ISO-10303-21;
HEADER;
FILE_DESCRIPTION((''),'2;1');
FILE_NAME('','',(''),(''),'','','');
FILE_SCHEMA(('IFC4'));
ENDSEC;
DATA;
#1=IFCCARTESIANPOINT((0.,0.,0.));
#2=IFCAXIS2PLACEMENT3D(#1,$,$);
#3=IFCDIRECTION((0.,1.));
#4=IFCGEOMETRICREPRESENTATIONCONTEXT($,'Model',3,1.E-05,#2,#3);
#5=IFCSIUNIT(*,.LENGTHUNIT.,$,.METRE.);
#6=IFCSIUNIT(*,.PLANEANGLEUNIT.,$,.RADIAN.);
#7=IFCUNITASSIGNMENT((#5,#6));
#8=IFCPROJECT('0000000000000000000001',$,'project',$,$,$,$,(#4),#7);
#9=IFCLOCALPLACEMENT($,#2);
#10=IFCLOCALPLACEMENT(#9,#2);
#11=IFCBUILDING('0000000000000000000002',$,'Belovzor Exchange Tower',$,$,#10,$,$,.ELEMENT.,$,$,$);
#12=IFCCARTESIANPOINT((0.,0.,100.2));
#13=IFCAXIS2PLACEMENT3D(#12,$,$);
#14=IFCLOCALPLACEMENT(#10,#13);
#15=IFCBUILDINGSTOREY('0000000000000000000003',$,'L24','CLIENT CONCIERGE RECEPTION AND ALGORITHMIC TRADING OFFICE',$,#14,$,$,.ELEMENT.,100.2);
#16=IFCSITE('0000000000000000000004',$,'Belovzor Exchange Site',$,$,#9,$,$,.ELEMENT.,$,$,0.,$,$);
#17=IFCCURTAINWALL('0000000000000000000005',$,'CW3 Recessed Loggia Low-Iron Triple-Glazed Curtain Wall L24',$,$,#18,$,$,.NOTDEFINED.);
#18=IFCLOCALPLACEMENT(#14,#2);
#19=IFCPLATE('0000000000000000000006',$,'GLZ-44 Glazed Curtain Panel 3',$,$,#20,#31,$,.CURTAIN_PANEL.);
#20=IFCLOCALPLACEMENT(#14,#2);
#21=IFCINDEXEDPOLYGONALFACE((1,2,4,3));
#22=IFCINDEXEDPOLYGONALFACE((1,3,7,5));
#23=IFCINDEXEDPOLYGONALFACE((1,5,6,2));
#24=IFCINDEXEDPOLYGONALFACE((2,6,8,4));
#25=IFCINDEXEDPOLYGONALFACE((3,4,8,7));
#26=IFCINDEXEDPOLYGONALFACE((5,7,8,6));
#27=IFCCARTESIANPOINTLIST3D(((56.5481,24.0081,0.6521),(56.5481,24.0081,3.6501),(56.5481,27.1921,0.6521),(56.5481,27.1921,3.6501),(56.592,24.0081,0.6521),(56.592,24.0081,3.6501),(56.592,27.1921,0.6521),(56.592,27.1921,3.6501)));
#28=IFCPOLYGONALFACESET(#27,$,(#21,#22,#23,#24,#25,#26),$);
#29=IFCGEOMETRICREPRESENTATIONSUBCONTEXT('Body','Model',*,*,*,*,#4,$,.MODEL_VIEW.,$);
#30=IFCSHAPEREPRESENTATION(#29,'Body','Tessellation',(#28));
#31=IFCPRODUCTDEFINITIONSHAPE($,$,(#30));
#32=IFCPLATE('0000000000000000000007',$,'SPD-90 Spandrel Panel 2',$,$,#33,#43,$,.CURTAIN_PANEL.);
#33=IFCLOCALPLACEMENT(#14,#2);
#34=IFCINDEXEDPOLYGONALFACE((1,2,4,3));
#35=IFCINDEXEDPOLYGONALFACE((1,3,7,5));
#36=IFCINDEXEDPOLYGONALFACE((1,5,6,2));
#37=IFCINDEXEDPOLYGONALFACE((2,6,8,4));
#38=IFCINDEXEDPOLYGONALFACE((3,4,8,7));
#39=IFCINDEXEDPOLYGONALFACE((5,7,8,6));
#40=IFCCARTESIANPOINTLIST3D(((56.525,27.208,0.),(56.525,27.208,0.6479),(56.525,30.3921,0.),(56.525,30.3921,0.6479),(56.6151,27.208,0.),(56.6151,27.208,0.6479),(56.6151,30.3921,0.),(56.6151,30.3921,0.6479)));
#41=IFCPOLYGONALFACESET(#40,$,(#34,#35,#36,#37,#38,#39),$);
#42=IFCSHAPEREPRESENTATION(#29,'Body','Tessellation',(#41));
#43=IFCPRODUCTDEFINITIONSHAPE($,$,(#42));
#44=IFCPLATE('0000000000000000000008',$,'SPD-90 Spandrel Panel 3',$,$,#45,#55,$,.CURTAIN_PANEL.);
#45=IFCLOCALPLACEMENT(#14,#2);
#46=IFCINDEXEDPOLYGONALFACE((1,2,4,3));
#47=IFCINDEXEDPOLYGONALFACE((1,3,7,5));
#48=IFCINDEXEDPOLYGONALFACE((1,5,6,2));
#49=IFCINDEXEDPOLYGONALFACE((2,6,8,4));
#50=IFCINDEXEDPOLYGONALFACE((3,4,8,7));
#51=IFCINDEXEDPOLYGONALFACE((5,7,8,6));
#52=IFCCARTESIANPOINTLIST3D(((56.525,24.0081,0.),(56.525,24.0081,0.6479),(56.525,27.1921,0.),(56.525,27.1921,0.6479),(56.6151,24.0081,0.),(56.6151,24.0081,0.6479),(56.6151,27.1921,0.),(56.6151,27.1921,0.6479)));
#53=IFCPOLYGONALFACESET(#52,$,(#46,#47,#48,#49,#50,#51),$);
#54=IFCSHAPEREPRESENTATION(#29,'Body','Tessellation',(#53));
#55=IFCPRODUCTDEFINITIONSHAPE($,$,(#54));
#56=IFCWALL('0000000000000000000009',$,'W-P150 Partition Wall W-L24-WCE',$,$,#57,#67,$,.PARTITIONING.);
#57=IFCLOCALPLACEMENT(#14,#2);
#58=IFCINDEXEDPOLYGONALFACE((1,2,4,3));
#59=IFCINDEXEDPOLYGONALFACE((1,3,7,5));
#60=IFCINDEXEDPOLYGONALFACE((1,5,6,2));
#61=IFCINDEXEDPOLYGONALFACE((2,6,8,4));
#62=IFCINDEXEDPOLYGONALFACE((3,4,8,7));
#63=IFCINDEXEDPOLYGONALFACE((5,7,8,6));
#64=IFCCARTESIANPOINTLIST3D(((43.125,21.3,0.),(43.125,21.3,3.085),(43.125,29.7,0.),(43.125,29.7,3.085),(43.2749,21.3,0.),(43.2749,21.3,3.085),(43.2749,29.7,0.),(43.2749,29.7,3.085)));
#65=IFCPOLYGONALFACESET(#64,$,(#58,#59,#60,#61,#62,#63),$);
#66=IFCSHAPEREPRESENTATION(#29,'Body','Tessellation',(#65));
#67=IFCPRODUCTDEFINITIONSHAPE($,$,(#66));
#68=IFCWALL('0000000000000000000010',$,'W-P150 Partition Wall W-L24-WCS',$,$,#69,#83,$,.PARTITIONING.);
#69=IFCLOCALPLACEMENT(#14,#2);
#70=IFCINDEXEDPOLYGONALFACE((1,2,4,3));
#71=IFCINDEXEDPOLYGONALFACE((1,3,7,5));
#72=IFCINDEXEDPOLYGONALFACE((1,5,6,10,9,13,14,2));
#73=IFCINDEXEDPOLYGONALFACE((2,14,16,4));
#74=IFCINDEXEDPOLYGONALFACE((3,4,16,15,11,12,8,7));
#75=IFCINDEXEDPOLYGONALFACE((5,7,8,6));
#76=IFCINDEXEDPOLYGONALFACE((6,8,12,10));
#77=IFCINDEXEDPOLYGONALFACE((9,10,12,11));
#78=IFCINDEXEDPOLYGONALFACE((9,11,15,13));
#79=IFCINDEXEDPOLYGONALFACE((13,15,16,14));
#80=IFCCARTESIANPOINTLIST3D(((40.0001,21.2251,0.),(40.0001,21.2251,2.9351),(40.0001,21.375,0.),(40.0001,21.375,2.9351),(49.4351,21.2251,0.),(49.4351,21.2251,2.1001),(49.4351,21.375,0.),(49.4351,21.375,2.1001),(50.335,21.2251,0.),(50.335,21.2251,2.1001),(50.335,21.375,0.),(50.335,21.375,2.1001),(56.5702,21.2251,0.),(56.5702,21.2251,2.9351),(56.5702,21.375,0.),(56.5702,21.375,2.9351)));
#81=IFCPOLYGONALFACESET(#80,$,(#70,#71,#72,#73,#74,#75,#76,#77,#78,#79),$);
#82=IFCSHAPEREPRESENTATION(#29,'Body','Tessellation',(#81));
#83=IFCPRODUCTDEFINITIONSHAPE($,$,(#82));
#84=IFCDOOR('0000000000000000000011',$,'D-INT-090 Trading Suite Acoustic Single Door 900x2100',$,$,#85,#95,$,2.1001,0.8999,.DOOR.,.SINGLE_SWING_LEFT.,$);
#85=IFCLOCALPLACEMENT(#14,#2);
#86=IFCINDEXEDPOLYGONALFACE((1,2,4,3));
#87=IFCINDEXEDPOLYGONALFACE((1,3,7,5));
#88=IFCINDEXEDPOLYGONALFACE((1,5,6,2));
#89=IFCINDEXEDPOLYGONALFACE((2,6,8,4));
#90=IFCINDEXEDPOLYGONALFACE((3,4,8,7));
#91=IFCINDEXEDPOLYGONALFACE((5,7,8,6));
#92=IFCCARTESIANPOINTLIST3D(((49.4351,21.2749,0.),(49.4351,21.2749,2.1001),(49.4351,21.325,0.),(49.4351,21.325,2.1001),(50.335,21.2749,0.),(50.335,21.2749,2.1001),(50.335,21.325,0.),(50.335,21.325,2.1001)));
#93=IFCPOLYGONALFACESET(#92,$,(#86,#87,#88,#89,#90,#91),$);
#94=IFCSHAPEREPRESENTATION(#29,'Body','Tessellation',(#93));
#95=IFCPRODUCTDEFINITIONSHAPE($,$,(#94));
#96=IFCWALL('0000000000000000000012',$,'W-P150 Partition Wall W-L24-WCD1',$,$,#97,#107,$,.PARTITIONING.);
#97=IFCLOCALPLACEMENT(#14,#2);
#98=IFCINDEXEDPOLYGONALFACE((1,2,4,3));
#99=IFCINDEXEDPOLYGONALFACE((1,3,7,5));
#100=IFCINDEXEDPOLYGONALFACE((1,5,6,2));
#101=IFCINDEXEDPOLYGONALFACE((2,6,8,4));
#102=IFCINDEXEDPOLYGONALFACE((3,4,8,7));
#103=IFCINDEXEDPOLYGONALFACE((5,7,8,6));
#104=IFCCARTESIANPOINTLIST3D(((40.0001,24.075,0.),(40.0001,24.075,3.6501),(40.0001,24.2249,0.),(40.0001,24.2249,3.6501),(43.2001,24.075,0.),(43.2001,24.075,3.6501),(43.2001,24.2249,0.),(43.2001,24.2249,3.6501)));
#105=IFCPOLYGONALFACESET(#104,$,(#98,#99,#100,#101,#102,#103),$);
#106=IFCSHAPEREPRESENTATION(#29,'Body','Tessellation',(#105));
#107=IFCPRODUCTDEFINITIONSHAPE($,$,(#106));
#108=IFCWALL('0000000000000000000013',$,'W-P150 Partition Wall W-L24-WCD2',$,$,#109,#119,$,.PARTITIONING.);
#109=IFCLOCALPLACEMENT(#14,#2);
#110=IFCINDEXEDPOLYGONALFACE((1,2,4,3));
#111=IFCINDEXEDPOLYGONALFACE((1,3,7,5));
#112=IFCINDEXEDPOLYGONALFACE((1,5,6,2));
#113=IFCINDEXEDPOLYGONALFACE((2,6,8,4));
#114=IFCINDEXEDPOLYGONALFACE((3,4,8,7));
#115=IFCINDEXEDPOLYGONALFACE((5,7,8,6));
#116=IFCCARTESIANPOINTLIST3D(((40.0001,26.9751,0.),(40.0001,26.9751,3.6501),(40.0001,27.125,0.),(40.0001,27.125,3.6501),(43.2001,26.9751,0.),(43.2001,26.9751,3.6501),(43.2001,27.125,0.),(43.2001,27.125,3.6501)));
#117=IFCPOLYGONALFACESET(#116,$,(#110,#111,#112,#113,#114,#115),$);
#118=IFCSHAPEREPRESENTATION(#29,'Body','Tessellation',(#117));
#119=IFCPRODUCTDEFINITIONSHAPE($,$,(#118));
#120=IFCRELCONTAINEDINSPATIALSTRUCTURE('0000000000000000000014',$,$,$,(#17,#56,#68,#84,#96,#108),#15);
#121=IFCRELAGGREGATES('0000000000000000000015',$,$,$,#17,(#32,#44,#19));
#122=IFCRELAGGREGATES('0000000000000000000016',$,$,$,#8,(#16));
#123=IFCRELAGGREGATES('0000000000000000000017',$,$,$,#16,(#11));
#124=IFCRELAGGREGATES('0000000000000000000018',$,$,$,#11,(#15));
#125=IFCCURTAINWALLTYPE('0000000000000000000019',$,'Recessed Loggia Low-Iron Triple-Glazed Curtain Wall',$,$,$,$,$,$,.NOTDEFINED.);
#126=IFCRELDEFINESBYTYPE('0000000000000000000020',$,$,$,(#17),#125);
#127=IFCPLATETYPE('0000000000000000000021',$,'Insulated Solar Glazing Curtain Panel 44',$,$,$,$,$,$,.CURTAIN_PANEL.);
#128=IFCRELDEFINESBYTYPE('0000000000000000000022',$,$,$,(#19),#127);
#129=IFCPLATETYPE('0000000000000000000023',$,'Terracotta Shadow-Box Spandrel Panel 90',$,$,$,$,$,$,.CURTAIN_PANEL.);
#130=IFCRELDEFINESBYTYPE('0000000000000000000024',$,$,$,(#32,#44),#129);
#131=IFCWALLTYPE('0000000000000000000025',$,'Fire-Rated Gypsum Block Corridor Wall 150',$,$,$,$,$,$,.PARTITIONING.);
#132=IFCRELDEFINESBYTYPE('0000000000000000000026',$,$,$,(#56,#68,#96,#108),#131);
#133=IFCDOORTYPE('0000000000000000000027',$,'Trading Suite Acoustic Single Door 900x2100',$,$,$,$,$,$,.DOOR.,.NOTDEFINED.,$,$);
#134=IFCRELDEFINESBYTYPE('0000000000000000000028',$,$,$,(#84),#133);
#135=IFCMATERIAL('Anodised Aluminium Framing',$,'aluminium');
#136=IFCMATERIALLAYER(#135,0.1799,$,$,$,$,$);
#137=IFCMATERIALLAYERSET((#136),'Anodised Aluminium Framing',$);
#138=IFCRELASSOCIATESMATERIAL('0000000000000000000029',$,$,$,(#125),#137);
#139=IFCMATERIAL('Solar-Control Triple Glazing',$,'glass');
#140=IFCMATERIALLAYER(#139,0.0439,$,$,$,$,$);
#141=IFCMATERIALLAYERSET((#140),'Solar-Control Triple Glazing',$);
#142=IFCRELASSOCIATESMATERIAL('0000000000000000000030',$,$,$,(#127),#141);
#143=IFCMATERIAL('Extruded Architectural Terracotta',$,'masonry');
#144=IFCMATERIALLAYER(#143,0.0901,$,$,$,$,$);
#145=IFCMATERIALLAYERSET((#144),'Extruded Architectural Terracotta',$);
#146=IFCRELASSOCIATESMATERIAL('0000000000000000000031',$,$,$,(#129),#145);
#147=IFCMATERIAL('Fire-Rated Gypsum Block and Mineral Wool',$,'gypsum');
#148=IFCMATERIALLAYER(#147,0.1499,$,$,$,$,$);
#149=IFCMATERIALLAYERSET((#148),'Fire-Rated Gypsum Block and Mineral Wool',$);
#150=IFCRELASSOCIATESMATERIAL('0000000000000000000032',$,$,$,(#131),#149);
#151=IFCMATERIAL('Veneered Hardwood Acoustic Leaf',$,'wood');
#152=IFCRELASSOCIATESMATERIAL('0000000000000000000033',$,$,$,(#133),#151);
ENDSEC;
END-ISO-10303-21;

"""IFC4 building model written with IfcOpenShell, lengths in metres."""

from ifc_helpers import new_model, si_unit, direction, frame, frame_2d, origin, origin_2d, place, context, subcontext, project, spatial, rectangle, extrude, material, layer, layer_set, type_object, element, fill, aggregate, save


model = new_model("IFC4")

# Units and contexts
model_context = context("Model", 3, precision=1e-05, world=origin(), true_north=direction((0.0, 1.0)))
body_context = subcontext(model_context, "Body", "Model", "MODEL_VIEW")
ifc_project = project(units=[si_unit("LENGTHUNIT", "METRE"), si_unit("PLANEANGLEUNIT", "RADIAN")], contexts=[model_context])

# Site, building, storey
site_placement = place(None, origin())
site = spatial("IfcSite", under=ifc_project, at=site_placement, Name="Belovzor Exchange Site", CompositionType="ELEMENT", RefElevation=0.0)
building_placement = place(site_placement, origin())
building = spatial("IfcBuilding", under=site, at=building_placement, Name="Belovzor Exchange Tower", CompositionType="ELEMENT")
storey_placement = place(building_placement, frame((0.0, 0.0, 100.2)))
storey = spatial("IfcBuildingStorey", under=building, at=storey_placement, Name="L24", Description="CLIENT CONCIERGE RECEPTION AND ALGORITHMIC TRADING OFFICE", CompositionType="ELEMENT", Elevation=100.2)

# Curtain wall, plates
ifc_material_1 = material(Name="Anodised Aluminium Framing", Category="aluminium")
ifc_layer_1 = layer(ifc_material_1, 0.1799)
ifc_layer_set_1 = layer_set([ifc_layer_1], Name="Anodised Aluminium Framing")
curtain_wall_type = type_object("IfcCurtainWallType", Name="Recessed Loggia Low-Iron Triple-Glazed Curtain Wall", PredefinedType="NOTDEFINED", material=ifc_layer_set_1)
curtain_wall_placement = place(storey_placement, origin())
curtain_wall = element("IfcCurtainWall", 1, at=curtain_wall_placement, inside=storey, type_object=curtain_wall_type, Name="CW3 Recessed Loggia Low-Iron Triple-Glazed Curtain Wall L24", PredefinedType="NOTDEFINED")
ifc_material_2 = material(Name="Solar-Control Triple Glazing", Category="glass")
ifc_layer_2 = layer(ifc_material_2, 0.0439)
ifc_layer_set_2 = layer_set([ifc_layer_2], Name="Solar-Control Triple Glazing")
plate_type_1 = type_object("IfcPlateType", Name="Insulated Solar Glazing Curtain Panel 44", PredefinedType="CURTAIN_PANEL", material=ifc_layer_set_2)
plate_1_placement = place(storey_placement, frame((56.5701, 25.6001, 0.6521), z_axis=(0.0, 0.0, 1.0), x_axis=(0.0, -1.0, 0.0)))
plate_1 = element("IfcPlate", 2, at=plate_1_placement, type_object=plate_type_1, Name="GLZ-44 Glazed Curtain Panel 3", PredefinedType="CURTAIN_PANEL", context=body_context, shape_type="SweptSolid", body=[
    extrude(rectangle(XDim=3.1841, YDim=0.0439, at=origin_2d()), origin(), (0.0, 0.0, 1.0), 2.998),
])
ifc_material_3 = material(Name="Extruded Architectural Terracotta", Category="masonry")
ifc_layer_3 = layer(ifc_material_3, 0.0901)
ifc_layer_set_3 = layer_set([ifc_layer_3], Name="Extruded Architectural Terracotta")
plate_type_2 = type_object("IfcPlateType", Name="Terracotta Shadow-Box Spandrel Panel 90", PredefinedType="CURTAIN_PANEL", material=ifc_layer_set_3)
plate_2_placement = place(storey_placement, frame((56.5701, 28.8, 0.0), z_axis=(0.0, 0.0, 1.0), x_axis=(0.0, -1.0, 0.0)))
plate_2 = element("IfcPlate", 3, at=plate_2_placement, type_object=plate_type_2, Name="SPD-90 Spandrel Panel 2", PredefinedType="CURTAIN_PANEL", context=body_context, shape_type="SweptSolid", body=[
    extrude(rectangle(XDim=3.1841, YDim=0.0901, at=origin_2d()), origin(), (0.0, 0.0, 1.0), 0.6479),
])
plate_3_placement = place(storey_placement, frame((56.5701, 25.6001, 0.0), z_axis=(0.0, 0.0, 1.0), x_axis=(0.0, -1.0, 0.0)))
plate_3 = element("IfcPlate", 4, at=plate_3_placement, type_object=plate_type_2, Name="SPD-90 Spandrel Panel 3", PredefinedType="CURTAIN_PANEL", context=body_context, shape_type="SweptSolid", body=[
    extrude(rectangle(XDim=3.1841, YDim=0.0901, at=origin_2d()), origin(), (0.0, 0.0, 1.0), 0.6479),
])
aggregate(curtain_wall, [plate_2, plate_3, plate_1])

# Wall
ifc_material_4 = material(Name="Fire-Rated Gypsum Block and Mineral Wool", Category="gypsum")
ifc_layer_4 = layer(ifc_material_4, 0.1499)
ifc_layer_set_4 = layer_set([ifc_layer_4], Name="Fire-Rated Gypsum Block and Mineral Wool")
wall_type_1 = type_object("IfcWallType", Name="Fire-Rated Gypsum Block Corridor Wall 150", PredefinedType="PARTITIONING", material=ifc_layer_set_4)
wall_1_placement = place(storey_placement, frame((43.2, 21.3, 0.0), z_axis=(0.0, 0.0, 1.0), x_axis=(0.0, 1.0, 0.0)))
element("IfcWall", 5, at=wall_1_placement, inside=storey, type_object=wall_type_1, Name="W-P150 Partition Wall W-L24-WCE", PredefinedType="PARTITIONING", context=body_context, shape_type="SweptSolid", body=[
    extrude(rectangle(XDim=8.3999, YDim=0.1499, at=frame_2d((4.2, 0.0))), origin(), (0.0, 0.0, 1.0), 3.085),
])

# Wall, opening, door
wall_2_placement = place(storey_placement, frame((40.0, 21.3, 0.0), z_axis=(0.0, 0.0, 1.0), x_axis=(1.0, 0.0, 0.0)))
wall_2 = element("IfcWall", 6, at=wall_2_placement, inside=storey, type_object=wall_type_1, Name="W-P150 Partition Wall W-L24-WCS", PredefinedType="PARTITIONING", context=body_context, shape_type="SweptSolid", body=[
    extrude(rectangle(XDim=16.5701, YDim=0.1499, at=frame_2d((8.2852, 0.0))), origin(), (0.0, 0.0, 1.0), 2.9351),
])
opening_1_placement = place(wall_2_placement, frame((9.4351, 0.0, 0.0)))
opening_1 = element("IfcOpeningElement", 7, at=opening_1_placement, cuts=wall_2, PredefinedType="OPENING", context=body_context, shape_type="SweptSolid", body=[
    extrude(rectangle(XDim=0.8999, YDim=2.1001, at=frame_2d((0.45, 1.05))), frame((0.0, 0.085, 0.0), z_axis=(0.0, -1.0, 0.0), x_axis=(1.0, 0.0, 0.0)), (0.0, 0.0, 1.0), 0.1699),
])
ifc_material_5 = material(Name="Veneered Hardwood Acoustic Leaf", Category="wood")
door_type_1 = type_object("IfcDoorType", Name="Trading Suite Acoustic Single Door 900x2100", OperationType="NOTDEFINED", PredefinedType="DOOR", material=ifc_material_5)
door_1_placement = place(opening_1_placement, origin())
door_1 = element("IfcDoor", 8, at=door_1_placement, inside=storey, type_object=door_type_1, Name="D-INT-090 Trading Suite Acoustic Single Door 900x2100", OperationType="SINGLE_SWING_LEFT", OverallHeight=2.1001, OverallWidth=0.8999, PredefinedType="DOOR", context=body_context, shape_type="SweptSolid", body=[
    extrude(rectangle(XDim=0.8999, YDim=2.1001, at=frame_2d((0.45, 1.05))), frame((0.0, 0.0249, 0.0), z_axis=(0.0, -1.0, 0.0), x_axis=(1.0, 0.0, 0.0)), (0.0, 0.0, 1.0), 0.05),
])
fill(opening_1, door_1)

# Walls
for number, where, z_axis, x_axis, name in (
    (9, (40.0, 24.1499, 0.0), (0.0, 0.0, 1.0), (1.0, 0.0, 0.0), "W-P150 Partition Wall W-L24-WCD1"),
    (10, (40.0, 27.05, 0.0), (0.0, 0.0, 1.0), (1.0, 0.0, 0.0), "W-P150 Partition Wall W-L24-WCD2"),
):
    element("IfcWall", number, at=place(storey_placement, frame(where, z_axis=z_axis, x_axis=x_axis)), inside=storey, type_object=wall_type_1, Name=name, PredefinedType="PARTITIONING", context=body_context, shape_type="SweptSolid", body=[
        extrude(rectangle(XDim=3.2, YDim=0.1499, at=frame_2d((1.6001, 0.0))), origin(), (0.0, 0.0, 1.0), 3.6501),
    ])

save(model, "model.ifc")
